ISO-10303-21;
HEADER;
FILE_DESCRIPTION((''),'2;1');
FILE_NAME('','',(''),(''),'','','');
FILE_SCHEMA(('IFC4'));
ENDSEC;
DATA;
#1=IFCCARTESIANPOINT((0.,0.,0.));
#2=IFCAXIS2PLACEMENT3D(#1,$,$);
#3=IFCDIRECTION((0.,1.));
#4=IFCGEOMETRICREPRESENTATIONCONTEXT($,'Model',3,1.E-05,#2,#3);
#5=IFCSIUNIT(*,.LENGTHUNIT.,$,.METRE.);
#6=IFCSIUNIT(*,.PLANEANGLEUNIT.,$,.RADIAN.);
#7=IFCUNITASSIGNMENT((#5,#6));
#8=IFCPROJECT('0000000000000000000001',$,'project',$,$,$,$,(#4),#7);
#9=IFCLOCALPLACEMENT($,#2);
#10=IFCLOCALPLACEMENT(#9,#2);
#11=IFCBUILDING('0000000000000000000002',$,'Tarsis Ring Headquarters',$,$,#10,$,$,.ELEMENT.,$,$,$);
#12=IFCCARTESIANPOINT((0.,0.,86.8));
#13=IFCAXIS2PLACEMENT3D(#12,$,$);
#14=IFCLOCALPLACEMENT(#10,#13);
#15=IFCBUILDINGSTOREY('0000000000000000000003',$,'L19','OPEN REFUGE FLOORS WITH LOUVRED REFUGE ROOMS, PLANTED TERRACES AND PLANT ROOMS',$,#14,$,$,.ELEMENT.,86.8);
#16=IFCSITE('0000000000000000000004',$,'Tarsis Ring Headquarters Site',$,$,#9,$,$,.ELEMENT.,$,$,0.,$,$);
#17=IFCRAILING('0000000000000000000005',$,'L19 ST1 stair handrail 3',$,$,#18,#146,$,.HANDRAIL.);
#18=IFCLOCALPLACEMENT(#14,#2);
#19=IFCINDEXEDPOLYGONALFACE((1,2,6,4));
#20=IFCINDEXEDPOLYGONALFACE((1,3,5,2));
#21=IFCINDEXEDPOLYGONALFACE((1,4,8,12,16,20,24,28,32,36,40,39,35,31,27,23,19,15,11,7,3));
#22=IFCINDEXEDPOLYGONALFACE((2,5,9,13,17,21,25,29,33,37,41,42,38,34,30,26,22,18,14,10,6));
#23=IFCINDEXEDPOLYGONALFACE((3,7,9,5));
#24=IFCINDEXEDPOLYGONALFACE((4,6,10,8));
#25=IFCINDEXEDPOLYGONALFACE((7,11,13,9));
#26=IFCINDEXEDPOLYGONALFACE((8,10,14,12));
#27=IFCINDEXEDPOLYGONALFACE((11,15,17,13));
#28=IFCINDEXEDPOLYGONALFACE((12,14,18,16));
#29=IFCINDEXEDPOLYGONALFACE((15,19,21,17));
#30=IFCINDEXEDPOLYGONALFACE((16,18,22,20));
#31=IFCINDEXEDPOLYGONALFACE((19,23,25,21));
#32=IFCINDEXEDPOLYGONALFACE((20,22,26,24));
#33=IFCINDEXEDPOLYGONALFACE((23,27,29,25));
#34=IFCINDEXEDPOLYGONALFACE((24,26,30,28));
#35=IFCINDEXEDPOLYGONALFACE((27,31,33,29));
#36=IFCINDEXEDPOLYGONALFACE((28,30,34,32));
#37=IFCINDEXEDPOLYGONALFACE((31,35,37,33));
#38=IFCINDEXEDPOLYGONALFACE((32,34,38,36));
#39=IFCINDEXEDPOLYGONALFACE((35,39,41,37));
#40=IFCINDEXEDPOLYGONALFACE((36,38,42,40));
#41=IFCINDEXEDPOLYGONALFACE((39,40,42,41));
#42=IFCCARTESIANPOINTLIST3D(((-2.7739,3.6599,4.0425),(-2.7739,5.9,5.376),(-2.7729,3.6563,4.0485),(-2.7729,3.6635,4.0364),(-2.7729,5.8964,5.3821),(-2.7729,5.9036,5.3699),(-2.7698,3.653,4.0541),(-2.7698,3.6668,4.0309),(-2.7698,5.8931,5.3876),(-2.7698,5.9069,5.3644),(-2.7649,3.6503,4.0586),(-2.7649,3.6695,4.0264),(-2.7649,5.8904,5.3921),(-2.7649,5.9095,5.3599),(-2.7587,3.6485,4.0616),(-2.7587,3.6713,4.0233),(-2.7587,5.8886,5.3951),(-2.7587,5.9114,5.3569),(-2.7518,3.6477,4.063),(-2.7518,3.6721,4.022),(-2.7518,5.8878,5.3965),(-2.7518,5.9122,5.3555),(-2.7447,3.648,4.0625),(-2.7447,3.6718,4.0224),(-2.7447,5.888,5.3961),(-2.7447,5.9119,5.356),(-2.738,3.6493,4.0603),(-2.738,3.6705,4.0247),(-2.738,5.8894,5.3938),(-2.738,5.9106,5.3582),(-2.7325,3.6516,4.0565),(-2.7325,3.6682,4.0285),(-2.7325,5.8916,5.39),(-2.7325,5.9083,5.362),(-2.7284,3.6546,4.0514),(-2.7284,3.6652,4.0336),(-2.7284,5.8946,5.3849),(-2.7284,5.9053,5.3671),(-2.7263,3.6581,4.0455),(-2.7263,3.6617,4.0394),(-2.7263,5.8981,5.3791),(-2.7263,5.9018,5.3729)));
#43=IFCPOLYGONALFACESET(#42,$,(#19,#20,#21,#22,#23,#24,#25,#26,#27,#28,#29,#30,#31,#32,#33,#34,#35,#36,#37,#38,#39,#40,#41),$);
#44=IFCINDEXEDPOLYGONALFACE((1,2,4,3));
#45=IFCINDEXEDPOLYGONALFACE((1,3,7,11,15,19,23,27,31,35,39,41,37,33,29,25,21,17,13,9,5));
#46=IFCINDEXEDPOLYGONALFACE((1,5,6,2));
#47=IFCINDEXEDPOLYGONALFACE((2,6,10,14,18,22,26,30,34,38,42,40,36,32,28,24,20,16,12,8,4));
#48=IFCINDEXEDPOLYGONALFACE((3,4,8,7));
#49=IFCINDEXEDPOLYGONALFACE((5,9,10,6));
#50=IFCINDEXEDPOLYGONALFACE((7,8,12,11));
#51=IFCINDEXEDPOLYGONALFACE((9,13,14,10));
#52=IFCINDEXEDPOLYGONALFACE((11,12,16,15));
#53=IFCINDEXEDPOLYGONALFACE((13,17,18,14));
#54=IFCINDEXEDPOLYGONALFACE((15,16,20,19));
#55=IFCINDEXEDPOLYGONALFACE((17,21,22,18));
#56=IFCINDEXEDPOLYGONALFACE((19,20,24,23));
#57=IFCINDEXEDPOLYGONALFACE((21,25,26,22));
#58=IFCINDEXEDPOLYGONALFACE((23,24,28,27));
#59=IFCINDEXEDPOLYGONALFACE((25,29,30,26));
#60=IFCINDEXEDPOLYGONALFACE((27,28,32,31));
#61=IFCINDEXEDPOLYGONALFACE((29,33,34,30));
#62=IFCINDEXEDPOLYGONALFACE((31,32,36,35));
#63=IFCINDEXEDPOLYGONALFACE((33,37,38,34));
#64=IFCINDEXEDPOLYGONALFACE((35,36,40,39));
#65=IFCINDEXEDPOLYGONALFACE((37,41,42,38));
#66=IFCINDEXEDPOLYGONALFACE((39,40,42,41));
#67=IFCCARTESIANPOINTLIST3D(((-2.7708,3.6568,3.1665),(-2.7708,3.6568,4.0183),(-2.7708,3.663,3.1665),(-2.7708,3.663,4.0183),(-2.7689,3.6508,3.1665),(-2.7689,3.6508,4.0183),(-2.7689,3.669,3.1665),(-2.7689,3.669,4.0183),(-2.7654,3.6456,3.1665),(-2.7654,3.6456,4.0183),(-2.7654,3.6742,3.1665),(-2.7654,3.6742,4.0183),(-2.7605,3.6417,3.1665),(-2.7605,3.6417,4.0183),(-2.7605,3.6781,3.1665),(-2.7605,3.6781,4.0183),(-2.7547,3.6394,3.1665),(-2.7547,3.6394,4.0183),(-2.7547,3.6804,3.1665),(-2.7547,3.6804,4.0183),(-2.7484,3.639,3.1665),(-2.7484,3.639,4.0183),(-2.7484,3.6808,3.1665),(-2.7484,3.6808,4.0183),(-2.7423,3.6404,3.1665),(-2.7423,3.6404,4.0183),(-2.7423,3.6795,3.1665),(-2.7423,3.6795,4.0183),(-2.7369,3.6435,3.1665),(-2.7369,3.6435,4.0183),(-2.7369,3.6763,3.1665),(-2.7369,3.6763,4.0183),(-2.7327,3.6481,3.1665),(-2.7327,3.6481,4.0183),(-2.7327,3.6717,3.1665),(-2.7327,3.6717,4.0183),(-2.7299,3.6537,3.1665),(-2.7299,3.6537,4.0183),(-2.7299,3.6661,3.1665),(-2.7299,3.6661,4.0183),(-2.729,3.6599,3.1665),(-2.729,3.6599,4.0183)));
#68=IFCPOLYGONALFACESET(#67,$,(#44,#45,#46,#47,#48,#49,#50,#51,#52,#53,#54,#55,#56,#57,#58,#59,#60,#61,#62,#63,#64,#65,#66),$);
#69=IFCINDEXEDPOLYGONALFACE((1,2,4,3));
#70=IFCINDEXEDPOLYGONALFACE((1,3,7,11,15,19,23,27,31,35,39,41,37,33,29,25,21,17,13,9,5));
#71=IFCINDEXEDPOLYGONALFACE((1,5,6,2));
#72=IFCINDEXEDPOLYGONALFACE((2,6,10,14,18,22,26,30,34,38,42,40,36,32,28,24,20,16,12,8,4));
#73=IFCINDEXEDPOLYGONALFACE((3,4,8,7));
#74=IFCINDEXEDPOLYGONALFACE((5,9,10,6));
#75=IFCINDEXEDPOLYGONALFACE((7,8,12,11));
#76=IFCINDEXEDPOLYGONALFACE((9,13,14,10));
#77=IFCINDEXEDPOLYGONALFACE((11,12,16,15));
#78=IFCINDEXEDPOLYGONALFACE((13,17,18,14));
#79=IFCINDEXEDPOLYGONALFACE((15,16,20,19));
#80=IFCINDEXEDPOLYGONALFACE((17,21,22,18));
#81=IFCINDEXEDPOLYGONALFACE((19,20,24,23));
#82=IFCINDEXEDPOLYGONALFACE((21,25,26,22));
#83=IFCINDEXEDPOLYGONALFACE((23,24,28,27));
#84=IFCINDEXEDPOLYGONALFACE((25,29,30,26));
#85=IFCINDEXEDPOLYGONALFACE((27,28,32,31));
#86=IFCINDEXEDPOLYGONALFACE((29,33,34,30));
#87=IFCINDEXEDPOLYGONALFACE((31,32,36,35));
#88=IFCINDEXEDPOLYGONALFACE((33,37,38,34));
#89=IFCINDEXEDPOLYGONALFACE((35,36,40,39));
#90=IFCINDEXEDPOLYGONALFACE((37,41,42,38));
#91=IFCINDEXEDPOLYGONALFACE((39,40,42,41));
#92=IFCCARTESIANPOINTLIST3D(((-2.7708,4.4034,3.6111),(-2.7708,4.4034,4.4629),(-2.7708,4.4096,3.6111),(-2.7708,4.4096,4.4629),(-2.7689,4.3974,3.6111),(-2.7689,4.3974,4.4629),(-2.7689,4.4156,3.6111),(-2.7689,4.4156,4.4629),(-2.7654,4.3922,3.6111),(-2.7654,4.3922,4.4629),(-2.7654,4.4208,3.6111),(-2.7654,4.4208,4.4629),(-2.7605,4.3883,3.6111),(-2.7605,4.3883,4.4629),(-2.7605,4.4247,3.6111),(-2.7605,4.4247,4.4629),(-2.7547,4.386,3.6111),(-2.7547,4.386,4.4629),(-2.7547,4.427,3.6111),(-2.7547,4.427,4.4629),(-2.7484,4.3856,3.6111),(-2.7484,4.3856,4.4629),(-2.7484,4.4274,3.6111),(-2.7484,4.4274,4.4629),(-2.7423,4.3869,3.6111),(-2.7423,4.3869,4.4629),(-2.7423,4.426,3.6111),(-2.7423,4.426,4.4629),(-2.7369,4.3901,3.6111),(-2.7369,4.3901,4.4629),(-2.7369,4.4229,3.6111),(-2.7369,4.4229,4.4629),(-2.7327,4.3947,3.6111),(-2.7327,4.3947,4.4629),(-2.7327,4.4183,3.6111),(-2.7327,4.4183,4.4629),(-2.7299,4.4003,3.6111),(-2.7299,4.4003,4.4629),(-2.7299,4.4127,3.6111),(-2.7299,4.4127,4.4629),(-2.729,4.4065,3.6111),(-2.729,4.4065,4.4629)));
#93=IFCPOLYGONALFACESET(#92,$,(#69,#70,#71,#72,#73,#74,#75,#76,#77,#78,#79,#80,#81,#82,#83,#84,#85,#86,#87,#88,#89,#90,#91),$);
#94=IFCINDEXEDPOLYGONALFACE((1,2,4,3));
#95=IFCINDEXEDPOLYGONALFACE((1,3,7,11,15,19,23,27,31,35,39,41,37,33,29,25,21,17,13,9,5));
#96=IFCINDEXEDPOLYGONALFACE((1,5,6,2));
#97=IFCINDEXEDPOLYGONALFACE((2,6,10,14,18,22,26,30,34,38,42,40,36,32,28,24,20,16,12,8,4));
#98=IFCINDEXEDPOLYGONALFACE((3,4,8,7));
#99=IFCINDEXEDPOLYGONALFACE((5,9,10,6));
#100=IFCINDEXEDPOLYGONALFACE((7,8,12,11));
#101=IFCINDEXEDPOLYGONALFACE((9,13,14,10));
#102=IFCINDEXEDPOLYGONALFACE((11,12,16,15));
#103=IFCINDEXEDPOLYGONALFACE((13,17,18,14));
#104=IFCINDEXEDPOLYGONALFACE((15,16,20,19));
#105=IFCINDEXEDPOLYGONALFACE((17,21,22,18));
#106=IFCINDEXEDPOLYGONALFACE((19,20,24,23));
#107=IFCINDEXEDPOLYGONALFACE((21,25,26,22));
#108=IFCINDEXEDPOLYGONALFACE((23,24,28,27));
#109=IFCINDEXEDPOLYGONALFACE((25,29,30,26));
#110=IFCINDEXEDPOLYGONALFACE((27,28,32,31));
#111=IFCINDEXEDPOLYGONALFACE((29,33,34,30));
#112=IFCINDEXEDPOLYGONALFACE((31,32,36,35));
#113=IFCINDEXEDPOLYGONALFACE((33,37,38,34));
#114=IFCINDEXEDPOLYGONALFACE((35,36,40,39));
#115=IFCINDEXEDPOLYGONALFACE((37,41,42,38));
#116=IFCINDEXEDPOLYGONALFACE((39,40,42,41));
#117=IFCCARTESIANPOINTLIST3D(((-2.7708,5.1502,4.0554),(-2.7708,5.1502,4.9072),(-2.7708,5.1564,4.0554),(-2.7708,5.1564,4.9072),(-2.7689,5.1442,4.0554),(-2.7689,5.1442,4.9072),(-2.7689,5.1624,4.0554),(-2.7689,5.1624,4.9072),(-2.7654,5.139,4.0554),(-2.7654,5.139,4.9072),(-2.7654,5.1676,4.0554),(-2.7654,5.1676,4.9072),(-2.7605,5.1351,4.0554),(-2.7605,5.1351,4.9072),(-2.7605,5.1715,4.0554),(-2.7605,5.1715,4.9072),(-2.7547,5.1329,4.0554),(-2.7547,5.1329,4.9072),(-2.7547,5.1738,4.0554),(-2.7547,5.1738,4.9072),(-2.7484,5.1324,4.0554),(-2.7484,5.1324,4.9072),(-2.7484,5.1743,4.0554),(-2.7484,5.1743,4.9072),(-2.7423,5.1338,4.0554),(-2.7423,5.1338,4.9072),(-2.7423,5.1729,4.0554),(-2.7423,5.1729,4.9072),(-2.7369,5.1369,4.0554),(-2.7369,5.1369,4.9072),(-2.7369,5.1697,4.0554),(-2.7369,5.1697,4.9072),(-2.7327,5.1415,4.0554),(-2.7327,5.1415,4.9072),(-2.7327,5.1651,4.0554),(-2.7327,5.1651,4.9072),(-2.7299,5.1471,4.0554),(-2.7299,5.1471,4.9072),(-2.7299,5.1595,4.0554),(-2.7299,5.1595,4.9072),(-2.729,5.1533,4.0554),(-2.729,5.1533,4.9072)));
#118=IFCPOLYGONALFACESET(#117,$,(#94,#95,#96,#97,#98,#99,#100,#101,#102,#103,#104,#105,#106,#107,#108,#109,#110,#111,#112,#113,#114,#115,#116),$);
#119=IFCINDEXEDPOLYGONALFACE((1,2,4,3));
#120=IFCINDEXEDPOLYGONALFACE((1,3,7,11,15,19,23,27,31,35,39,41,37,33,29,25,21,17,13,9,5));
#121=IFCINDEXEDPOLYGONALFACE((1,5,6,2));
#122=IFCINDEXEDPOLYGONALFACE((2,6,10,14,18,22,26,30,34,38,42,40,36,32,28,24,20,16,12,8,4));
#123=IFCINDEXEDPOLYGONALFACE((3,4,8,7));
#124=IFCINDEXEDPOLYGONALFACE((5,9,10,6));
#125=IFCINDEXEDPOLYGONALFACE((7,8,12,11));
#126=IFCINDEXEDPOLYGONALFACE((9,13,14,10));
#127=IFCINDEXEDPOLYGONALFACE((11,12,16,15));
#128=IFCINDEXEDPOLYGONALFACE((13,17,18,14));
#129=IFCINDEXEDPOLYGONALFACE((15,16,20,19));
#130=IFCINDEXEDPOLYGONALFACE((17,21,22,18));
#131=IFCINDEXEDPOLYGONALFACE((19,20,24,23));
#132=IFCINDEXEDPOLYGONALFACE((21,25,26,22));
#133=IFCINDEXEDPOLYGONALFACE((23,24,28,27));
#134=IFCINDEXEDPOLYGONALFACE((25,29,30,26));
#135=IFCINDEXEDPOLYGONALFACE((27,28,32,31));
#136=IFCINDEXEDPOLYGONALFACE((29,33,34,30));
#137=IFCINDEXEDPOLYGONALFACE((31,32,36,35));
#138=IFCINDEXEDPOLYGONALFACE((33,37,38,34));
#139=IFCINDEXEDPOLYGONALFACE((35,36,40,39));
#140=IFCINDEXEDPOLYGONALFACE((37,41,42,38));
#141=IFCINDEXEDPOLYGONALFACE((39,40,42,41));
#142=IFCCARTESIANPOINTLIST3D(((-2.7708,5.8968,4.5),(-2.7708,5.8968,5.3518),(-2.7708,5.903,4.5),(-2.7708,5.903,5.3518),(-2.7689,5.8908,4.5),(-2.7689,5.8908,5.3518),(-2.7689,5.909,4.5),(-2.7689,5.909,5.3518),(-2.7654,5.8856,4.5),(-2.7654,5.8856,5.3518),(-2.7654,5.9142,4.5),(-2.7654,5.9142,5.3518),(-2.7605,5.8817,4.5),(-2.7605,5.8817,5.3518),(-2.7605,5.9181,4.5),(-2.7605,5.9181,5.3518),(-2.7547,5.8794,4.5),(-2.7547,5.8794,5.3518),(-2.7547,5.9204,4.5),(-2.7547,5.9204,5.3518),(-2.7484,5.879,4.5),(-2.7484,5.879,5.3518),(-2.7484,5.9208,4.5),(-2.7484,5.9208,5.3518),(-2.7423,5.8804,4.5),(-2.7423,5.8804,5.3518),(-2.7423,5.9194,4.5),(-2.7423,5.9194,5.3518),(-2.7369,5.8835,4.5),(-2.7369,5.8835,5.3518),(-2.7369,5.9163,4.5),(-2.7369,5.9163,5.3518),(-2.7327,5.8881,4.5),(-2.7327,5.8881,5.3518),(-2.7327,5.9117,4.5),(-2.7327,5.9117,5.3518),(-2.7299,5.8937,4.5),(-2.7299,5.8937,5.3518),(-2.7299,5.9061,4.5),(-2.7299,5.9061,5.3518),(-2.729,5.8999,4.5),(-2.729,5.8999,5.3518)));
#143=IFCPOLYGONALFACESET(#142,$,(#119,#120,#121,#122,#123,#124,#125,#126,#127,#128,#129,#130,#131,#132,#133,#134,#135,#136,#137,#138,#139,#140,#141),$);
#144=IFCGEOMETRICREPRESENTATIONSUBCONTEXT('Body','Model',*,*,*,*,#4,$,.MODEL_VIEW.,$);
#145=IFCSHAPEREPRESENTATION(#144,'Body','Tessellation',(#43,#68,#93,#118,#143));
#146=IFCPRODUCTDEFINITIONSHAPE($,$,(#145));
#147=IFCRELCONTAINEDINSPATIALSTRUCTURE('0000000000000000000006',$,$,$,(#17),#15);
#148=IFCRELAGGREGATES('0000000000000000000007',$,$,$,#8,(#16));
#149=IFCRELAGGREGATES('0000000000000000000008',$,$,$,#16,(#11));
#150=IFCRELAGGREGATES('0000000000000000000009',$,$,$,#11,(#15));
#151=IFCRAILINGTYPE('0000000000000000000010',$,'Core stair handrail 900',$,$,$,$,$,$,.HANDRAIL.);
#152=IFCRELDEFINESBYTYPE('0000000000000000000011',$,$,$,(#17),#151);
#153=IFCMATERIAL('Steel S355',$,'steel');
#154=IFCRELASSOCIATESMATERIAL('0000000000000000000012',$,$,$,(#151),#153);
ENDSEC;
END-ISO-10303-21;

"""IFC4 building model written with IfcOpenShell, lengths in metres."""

from ifc_helpers import new_model, si_unit, direction, frame, origin, origin_2d, place, context, subcontext, project, spatial, circle, extrude, material, type_object, element, save


model = new_model("IFC4")

# Units and contexts
model_context = context("Model", 3, precision=1e-05, world=origin(), true_north=direction((0.0, 1.0)))
body_context = subcontext(model_context, "Body", "Model", "MODEL_VIEW")
ifc_project = project(units=[si_unit("LENGTHUNIT", "METRE"), si_unit("PLANEANGLEUNIT", "RADIAN")], contexts=[model_context])

# Site, building, storey
site_placement = place(None, origin())
site = spatial("IfcSite", under=ifc_project, at=site_placement, Name="Tarsis Ring Headquarters Site", CompositionType="ELEMENT", RefElevation=0.0)
building_placement = place(site_placement, origin())
building = spatial("IfcBuilding", under=site, at=building_placement, Name="Tarsis Ring Headquarters", CompositionType="ELEMENT")
storey_placement = place(building_placement, frame((0.0, 0.0, 86.8)))
storey = spatial("IfcBuildingStorey", under=building, at=storey_placement, Name="L19", Description="OPEN REFUGE FLOORS WITH LOUVRED REFUGE ROOMS, PLANTED TERRACES AND PLANT ROOMS", CompositionType="ELEMENT", Elevation=86.8)

# Shared definitions
ifc_material_1 = material(Name="Steel S355", Category="steel")

# Railing
railing_type_1 = type_object("IfcRailingType", Name="Core stair handrail 900", PredefinedType="HANDRAIL", material=ifc_material_1)
railing_1_placement = place(storey_placement, frame((-2.75, 3.6599, 3.1665)))
element("IfcRailing", 1, at=railing_1_placement, inside=storey, type_object=railing_type_1, Name="L19 ST1 stair handrail 3", PredefinedType="HANDRAIL", context=body_context, shape_type="SweptSolid", body=[
    extrude(circle(Radius=0.0239, at=origin_2d()), frame((0.0, 0.0, 0.876), z_axis=(0.0, 0.859264, 0.511532), x_axis=(-1.0, 0.0, 0.0)), (0.0, 0.0, 1.0), 2.6069),
    extrude(circle(Radius=0.021, at=origin_2d()), origin(), (0.0, 0.0, 1.0), 0.8518),
    extrude(circle(Radius=0.021, at=origin_2d()), frame((0.0, 0.7466, 0.4446)), (0.0, 0.0, 1.0), 0.8518),
    extrude(circle(Radius=0.021, at=origin_2d()), frame((0.0, 1.4934, 0.8889)), (0.0, 0.0, 1.0), 0.8518),
    extrude(circle(Radius=0.021, at=origin_2d()), frame((0.0, 2.24, 1.3335)), (0.0, 0.0, 1.0), 0.8518),
])

save(model, "model.ifc")
